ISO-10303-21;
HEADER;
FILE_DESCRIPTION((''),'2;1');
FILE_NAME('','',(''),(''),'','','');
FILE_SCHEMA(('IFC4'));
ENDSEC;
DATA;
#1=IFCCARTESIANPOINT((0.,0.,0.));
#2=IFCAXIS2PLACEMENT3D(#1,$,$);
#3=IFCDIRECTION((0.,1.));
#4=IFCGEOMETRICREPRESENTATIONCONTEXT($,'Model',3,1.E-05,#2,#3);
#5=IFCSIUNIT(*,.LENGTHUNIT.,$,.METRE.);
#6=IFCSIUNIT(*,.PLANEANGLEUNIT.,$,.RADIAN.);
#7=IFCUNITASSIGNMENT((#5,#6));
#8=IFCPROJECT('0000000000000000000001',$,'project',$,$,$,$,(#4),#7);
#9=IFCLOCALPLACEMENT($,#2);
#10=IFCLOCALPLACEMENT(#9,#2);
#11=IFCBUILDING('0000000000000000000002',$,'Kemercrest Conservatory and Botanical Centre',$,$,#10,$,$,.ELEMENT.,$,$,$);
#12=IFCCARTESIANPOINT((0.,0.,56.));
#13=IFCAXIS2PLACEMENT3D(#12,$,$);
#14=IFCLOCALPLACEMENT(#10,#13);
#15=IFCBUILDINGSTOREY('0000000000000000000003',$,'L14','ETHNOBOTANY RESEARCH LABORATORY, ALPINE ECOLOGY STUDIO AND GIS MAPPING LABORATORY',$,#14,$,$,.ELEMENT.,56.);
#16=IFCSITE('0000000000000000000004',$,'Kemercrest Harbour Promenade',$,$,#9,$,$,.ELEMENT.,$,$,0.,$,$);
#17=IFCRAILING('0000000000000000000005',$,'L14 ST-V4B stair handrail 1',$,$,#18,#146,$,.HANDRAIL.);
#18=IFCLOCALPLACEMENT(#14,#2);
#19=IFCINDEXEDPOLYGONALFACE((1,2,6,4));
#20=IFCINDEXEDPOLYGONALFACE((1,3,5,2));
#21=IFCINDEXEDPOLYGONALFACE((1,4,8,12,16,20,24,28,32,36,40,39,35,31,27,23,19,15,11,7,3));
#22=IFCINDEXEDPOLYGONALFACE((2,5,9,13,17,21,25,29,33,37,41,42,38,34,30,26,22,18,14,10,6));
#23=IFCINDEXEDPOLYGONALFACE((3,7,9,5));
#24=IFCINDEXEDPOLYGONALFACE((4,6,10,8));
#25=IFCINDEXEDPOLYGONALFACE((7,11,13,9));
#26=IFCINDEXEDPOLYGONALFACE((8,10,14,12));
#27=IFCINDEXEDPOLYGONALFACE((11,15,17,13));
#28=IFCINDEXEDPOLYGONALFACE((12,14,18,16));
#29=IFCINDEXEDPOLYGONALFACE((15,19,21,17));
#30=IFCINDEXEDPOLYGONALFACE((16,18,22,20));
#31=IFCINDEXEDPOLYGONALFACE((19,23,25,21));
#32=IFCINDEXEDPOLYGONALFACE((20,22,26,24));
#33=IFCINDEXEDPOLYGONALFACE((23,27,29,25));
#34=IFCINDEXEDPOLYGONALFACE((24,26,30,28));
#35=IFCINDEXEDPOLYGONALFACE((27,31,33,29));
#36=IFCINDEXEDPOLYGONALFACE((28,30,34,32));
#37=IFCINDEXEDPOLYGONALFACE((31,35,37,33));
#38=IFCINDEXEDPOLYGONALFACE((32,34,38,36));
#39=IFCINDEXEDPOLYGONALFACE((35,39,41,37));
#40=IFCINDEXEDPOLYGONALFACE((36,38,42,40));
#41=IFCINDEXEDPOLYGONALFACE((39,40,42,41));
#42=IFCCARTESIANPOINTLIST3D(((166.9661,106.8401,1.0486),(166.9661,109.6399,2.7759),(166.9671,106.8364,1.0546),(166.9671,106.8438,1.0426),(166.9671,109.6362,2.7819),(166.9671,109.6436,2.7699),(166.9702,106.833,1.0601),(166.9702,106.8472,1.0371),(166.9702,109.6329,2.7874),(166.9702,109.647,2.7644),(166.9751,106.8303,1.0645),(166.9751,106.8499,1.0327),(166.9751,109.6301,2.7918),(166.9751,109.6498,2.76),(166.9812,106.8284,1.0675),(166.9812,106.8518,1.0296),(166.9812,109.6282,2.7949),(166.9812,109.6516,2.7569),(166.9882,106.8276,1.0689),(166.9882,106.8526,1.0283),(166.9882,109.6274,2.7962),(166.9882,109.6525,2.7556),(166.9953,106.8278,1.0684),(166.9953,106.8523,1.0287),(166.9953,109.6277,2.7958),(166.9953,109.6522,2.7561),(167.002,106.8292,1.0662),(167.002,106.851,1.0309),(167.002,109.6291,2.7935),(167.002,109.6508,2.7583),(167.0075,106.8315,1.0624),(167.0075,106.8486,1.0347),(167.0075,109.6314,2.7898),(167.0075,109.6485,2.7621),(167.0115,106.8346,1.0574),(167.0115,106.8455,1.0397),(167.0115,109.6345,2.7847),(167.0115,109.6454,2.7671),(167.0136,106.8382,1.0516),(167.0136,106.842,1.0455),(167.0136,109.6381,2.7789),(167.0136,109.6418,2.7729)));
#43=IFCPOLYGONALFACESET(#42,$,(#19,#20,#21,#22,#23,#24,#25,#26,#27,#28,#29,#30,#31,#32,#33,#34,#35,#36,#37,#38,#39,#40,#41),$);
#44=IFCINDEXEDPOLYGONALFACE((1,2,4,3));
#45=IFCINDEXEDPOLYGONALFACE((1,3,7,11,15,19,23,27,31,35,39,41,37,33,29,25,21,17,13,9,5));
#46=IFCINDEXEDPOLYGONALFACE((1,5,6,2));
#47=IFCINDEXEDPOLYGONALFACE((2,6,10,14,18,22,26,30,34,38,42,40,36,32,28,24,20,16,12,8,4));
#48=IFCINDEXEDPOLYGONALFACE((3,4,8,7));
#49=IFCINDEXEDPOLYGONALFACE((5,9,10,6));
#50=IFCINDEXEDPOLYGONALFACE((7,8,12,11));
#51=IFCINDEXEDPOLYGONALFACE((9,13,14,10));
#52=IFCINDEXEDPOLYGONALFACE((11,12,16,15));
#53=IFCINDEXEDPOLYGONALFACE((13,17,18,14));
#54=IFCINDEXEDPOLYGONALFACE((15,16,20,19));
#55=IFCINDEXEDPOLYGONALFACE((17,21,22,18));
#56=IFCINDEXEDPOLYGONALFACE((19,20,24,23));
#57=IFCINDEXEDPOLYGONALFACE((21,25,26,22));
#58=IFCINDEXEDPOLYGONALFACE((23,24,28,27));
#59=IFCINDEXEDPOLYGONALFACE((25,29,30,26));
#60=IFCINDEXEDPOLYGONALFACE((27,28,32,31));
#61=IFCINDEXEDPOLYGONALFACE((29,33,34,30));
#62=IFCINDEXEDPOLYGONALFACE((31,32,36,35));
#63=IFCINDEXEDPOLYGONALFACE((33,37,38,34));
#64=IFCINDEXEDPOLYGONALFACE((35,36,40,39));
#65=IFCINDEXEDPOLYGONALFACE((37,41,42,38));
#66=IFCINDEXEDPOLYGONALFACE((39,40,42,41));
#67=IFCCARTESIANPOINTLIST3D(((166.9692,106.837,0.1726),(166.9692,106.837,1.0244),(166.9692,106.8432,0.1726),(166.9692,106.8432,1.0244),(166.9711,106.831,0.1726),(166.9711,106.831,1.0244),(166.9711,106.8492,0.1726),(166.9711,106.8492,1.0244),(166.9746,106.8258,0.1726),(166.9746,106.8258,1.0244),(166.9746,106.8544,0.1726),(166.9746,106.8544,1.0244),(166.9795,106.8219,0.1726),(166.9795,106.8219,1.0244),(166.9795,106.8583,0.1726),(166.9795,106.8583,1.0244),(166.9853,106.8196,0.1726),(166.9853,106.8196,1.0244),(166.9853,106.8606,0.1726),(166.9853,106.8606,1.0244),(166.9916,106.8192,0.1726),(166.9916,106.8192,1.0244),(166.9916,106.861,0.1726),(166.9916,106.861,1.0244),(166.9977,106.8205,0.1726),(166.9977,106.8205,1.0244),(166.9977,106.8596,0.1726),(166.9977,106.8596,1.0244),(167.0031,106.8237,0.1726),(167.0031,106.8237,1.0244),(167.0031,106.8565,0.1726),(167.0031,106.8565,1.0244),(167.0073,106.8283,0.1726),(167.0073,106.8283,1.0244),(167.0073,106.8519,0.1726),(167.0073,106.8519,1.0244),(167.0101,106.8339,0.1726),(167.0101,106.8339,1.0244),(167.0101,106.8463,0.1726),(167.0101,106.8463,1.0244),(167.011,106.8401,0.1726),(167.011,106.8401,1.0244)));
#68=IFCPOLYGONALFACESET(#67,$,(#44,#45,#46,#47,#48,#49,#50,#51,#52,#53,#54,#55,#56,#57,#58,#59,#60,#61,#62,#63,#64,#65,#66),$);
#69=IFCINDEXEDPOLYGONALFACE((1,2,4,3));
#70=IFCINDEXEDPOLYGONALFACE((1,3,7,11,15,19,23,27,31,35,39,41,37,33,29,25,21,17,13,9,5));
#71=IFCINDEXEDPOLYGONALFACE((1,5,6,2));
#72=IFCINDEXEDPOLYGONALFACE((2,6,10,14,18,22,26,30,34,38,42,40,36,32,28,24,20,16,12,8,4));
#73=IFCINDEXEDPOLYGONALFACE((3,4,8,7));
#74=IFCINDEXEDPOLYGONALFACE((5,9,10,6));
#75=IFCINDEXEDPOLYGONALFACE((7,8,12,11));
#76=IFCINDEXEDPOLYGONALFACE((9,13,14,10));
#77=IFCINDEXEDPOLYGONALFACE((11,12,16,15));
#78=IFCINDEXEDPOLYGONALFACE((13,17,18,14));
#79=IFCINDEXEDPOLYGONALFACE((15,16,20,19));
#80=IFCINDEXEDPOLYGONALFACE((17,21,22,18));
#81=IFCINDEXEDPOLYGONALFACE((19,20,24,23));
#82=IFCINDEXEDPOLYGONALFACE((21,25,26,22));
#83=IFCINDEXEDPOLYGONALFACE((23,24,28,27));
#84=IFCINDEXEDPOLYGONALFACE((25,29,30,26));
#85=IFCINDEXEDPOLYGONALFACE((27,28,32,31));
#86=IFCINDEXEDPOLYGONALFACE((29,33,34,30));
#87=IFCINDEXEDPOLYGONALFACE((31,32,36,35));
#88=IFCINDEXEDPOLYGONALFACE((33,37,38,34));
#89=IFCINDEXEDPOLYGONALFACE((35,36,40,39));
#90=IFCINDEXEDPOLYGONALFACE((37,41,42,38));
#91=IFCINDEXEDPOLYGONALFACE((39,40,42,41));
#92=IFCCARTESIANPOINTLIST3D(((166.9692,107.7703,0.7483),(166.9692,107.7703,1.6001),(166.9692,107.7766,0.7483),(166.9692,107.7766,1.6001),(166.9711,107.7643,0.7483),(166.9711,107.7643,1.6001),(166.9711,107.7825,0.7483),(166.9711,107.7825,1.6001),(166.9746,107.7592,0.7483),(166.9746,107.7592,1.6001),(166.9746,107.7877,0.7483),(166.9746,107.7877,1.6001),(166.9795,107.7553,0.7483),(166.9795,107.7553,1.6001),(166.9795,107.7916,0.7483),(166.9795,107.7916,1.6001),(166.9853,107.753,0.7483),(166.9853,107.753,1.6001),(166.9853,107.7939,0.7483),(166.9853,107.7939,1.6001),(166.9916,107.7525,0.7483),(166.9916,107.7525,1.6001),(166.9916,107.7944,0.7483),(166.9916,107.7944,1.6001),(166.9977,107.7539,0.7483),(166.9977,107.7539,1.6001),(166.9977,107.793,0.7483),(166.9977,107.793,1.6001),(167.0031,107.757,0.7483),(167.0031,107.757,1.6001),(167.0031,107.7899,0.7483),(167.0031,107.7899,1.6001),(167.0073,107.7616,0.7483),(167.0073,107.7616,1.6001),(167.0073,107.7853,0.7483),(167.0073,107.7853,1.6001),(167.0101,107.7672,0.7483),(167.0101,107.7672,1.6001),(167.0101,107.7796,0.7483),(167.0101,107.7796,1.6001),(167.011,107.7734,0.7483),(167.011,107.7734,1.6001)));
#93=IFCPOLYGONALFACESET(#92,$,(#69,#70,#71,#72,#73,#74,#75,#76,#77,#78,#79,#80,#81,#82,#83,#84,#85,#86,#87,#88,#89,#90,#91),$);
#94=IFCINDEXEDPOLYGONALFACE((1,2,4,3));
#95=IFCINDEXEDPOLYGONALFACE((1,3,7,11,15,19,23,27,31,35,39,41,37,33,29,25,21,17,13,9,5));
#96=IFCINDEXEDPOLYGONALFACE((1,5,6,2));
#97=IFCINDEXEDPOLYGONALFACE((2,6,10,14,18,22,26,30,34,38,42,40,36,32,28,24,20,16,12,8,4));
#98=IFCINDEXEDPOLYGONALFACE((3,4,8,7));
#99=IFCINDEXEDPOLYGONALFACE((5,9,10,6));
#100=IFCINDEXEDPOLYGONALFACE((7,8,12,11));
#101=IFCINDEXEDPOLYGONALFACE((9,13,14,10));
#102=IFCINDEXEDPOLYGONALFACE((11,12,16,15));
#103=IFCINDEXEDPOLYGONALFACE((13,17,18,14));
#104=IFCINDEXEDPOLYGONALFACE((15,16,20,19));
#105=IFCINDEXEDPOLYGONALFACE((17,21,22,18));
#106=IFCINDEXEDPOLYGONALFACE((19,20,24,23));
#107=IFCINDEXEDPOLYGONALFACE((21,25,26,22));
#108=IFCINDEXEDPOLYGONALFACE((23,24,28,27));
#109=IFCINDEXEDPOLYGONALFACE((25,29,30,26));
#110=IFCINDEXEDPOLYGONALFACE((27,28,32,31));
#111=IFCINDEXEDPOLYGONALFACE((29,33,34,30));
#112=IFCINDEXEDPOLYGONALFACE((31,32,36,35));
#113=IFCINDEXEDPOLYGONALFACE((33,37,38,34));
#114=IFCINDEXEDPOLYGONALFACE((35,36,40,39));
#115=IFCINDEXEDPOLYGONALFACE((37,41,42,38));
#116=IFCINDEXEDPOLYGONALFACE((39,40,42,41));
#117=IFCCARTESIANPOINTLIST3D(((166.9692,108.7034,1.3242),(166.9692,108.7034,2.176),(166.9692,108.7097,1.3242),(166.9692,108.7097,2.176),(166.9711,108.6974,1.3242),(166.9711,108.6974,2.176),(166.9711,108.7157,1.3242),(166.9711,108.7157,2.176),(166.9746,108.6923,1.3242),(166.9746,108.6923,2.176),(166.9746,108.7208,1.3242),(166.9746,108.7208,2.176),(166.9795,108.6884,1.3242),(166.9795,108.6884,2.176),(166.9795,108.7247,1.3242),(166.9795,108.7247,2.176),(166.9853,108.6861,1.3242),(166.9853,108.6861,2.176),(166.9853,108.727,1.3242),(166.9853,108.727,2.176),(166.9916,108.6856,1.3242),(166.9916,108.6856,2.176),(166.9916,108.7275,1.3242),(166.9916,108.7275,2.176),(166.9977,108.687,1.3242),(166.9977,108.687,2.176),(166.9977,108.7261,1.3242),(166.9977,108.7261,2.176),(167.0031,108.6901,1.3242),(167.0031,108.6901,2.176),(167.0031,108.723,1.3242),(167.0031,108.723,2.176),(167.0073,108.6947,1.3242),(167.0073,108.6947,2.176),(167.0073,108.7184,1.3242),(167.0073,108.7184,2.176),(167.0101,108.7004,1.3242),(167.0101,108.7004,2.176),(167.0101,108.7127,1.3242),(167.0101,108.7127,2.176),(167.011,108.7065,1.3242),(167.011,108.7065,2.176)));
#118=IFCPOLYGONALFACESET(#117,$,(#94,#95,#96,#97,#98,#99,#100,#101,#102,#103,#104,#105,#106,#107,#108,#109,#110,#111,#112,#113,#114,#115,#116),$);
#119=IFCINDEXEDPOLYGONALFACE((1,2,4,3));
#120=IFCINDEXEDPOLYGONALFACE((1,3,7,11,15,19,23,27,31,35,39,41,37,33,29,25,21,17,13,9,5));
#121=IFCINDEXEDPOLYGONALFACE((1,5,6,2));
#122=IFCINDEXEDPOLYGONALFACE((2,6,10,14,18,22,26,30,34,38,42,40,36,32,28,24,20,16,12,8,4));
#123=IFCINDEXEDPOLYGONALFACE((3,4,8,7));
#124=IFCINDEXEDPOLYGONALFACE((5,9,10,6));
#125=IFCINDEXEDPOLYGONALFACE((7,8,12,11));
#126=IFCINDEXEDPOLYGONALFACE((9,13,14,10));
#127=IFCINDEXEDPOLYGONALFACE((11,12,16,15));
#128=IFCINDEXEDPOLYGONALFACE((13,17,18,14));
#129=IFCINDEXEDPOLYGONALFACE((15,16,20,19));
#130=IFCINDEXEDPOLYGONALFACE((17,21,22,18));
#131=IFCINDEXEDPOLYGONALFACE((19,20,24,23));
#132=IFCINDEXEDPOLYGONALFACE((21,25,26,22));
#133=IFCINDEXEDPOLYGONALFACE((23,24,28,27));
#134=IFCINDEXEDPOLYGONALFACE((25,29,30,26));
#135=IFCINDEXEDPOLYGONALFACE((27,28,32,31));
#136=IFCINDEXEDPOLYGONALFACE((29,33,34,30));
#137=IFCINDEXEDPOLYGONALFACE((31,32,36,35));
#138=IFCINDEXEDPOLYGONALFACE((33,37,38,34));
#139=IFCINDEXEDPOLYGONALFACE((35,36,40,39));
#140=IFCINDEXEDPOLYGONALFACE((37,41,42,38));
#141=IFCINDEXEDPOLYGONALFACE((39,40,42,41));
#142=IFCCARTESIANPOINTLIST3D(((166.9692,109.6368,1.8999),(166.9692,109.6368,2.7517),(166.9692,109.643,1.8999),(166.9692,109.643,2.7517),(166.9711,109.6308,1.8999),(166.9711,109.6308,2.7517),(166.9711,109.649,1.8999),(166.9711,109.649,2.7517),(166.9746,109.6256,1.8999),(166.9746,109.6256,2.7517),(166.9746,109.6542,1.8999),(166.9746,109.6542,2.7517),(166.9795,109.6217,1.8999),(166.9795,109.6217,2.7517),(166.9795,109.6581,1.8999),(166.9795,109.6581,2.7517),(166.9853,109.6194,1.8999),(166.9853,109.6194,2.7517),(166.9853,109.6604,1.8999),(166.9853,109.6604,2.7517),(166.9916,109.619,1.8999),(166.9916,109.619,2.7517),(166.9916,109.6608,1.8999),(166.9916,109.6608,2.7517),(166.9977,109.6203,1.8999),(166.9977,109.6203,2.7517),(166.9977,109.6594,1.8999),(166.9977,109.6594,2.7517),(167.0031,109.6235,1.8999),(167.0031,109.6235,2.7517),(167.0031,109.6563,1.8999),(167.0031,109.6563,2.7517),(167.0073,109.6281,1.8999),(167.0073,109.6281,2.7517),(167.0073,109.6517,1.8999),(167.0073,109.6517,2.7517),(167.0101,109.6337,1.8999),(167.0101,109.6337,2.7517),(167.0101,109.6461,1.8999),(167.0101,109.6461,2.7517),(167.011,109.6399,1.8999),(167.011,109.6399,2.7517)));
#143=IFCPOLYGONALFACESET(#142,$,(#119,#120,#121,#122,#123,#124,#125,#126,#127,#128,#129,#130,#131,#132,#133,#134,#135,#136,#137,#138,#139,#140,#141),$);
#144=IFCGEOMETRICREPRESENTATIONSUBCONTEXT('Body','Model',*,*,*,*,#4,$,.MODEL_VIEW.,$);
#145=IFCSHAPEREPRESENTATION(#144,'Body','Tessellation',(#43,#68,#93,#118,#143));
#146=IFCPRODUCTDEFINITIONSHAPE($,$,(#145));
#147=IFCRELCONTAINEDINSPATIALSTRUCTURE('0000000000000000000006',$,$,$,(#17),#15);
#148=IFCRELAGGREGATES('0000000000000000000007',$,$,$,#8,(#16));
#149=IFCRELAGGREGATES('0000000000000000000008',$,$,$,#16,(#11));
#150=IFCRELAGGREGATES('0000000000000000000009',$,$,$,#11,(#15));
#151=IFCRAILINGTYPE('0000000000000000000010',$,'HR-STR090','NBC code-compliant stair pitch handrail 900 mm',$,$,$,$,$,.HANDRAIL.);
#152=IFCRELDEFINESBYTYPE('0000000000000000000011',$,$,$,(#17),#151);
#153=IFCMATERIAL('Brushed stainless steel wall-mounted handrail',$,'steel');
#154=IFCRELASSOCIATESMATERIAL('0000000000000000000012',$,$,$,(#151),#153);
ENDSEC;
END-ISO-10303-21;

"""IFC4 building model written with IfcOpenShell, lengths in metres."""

from ifc_helpers import new_model, si_unit, direction, frame, origin, origin_2d, place, context, subcontext, project, spatial, circle, extrude, material, type_object, element, save


model = new_model("IFC4")

# Units and contexts
model_context = context("Model", 3, precision=1e-05, world=origin(), true_north=direction((0.0, 1.0)))
body_context = subcontext(model_context, "Body", "Model", "MODEL_VIEW")
ifc_project = project(units=[si_unit("LENGTHUNIT", "METRE"), si_unit("PLANEANGLEUNIT", "RADIAN")], contexts=[model_context])

# Site, building, storey
site_placement = place(None, origin())
site = spatial("IfcSite", under=ifc_project, at=site_placement, Name="Kemercrest Harbour Promenade", CompositionType="ELEMENT", RefElevation=0.0)
building_placement = place(site_placement, origin())
building = spatial("IfcBuilding", under=site, at=building_placement, Name="Kemercrest Conservatory and Botanical Centre", CompositionType="ELEMENT")
storey_placement = place(building_placement, frame((0.0, 0.0, 56.0)))
storey = spatial("IfcBuildingStorey", under=building, at=storey_placement, Name="L14", Description="ETHNOBOTANY RESEARCH LABORATORY, ALPINE ECOLOGY STUDIO AND GIS MAPPING LABORATORY", CompositionType="ELEMENT", Elevation=56.0)

# Railing
ifc_material_1 = material(Name="Brushed stainless steel wall-mounted handrail", Category="steel")
railing_type = type_object("IfcRailingType", Name="HR-STR090", Description="NBC code-compliant stair pitch handrail 900 mm", PredefinedType="HANDRAIL", material=ifc_material_1)
railing_placement = place(storey_placement, frame((166.99, 106.8401, 0.1726)))
element("IfcRailing", 1, at=railing_placement, inside=storey, type_object=railing_type, Name="L14 ST-V4B stair handrail 1", PredefinedType="HANDRAIL", context=body_context, shape_type="SweptSolid", body=[
    extrude(circle(Radius=0.0239, at=origin_2d()), frame((0.0, 0.0, 0.876), z_axis=(0.0, 0.851069, 0.525054), x_axis=(-1.0, 0.0, 0.0)), (0.0, 0.0, 1.0), 3.2898),
    extrude(circle(Radius=0.021, at=origin_2d()), origin(), (0.0, 0.0, 1.0), 0.8518),
    extrude(circle(Radius=0.021, at=origin_2d()), frame((0.0, 0.9333, 0.5757)), (0.0, 0.0, 1.0), 0.8518),
    extrude(circle(Radius=0.021, at=origin_2d()), frame((0.0, 1.8665, 1.1516)), (0.0, 0.0, 1.0), 0.8518),
    extrude(circle(Radius=0.021, at=origin_2d()), frame((0.0, 2.7998, 1.7273)), (0.0, 0.0, 1.0), 0.8518),
])

save(model, "model.ifc")
